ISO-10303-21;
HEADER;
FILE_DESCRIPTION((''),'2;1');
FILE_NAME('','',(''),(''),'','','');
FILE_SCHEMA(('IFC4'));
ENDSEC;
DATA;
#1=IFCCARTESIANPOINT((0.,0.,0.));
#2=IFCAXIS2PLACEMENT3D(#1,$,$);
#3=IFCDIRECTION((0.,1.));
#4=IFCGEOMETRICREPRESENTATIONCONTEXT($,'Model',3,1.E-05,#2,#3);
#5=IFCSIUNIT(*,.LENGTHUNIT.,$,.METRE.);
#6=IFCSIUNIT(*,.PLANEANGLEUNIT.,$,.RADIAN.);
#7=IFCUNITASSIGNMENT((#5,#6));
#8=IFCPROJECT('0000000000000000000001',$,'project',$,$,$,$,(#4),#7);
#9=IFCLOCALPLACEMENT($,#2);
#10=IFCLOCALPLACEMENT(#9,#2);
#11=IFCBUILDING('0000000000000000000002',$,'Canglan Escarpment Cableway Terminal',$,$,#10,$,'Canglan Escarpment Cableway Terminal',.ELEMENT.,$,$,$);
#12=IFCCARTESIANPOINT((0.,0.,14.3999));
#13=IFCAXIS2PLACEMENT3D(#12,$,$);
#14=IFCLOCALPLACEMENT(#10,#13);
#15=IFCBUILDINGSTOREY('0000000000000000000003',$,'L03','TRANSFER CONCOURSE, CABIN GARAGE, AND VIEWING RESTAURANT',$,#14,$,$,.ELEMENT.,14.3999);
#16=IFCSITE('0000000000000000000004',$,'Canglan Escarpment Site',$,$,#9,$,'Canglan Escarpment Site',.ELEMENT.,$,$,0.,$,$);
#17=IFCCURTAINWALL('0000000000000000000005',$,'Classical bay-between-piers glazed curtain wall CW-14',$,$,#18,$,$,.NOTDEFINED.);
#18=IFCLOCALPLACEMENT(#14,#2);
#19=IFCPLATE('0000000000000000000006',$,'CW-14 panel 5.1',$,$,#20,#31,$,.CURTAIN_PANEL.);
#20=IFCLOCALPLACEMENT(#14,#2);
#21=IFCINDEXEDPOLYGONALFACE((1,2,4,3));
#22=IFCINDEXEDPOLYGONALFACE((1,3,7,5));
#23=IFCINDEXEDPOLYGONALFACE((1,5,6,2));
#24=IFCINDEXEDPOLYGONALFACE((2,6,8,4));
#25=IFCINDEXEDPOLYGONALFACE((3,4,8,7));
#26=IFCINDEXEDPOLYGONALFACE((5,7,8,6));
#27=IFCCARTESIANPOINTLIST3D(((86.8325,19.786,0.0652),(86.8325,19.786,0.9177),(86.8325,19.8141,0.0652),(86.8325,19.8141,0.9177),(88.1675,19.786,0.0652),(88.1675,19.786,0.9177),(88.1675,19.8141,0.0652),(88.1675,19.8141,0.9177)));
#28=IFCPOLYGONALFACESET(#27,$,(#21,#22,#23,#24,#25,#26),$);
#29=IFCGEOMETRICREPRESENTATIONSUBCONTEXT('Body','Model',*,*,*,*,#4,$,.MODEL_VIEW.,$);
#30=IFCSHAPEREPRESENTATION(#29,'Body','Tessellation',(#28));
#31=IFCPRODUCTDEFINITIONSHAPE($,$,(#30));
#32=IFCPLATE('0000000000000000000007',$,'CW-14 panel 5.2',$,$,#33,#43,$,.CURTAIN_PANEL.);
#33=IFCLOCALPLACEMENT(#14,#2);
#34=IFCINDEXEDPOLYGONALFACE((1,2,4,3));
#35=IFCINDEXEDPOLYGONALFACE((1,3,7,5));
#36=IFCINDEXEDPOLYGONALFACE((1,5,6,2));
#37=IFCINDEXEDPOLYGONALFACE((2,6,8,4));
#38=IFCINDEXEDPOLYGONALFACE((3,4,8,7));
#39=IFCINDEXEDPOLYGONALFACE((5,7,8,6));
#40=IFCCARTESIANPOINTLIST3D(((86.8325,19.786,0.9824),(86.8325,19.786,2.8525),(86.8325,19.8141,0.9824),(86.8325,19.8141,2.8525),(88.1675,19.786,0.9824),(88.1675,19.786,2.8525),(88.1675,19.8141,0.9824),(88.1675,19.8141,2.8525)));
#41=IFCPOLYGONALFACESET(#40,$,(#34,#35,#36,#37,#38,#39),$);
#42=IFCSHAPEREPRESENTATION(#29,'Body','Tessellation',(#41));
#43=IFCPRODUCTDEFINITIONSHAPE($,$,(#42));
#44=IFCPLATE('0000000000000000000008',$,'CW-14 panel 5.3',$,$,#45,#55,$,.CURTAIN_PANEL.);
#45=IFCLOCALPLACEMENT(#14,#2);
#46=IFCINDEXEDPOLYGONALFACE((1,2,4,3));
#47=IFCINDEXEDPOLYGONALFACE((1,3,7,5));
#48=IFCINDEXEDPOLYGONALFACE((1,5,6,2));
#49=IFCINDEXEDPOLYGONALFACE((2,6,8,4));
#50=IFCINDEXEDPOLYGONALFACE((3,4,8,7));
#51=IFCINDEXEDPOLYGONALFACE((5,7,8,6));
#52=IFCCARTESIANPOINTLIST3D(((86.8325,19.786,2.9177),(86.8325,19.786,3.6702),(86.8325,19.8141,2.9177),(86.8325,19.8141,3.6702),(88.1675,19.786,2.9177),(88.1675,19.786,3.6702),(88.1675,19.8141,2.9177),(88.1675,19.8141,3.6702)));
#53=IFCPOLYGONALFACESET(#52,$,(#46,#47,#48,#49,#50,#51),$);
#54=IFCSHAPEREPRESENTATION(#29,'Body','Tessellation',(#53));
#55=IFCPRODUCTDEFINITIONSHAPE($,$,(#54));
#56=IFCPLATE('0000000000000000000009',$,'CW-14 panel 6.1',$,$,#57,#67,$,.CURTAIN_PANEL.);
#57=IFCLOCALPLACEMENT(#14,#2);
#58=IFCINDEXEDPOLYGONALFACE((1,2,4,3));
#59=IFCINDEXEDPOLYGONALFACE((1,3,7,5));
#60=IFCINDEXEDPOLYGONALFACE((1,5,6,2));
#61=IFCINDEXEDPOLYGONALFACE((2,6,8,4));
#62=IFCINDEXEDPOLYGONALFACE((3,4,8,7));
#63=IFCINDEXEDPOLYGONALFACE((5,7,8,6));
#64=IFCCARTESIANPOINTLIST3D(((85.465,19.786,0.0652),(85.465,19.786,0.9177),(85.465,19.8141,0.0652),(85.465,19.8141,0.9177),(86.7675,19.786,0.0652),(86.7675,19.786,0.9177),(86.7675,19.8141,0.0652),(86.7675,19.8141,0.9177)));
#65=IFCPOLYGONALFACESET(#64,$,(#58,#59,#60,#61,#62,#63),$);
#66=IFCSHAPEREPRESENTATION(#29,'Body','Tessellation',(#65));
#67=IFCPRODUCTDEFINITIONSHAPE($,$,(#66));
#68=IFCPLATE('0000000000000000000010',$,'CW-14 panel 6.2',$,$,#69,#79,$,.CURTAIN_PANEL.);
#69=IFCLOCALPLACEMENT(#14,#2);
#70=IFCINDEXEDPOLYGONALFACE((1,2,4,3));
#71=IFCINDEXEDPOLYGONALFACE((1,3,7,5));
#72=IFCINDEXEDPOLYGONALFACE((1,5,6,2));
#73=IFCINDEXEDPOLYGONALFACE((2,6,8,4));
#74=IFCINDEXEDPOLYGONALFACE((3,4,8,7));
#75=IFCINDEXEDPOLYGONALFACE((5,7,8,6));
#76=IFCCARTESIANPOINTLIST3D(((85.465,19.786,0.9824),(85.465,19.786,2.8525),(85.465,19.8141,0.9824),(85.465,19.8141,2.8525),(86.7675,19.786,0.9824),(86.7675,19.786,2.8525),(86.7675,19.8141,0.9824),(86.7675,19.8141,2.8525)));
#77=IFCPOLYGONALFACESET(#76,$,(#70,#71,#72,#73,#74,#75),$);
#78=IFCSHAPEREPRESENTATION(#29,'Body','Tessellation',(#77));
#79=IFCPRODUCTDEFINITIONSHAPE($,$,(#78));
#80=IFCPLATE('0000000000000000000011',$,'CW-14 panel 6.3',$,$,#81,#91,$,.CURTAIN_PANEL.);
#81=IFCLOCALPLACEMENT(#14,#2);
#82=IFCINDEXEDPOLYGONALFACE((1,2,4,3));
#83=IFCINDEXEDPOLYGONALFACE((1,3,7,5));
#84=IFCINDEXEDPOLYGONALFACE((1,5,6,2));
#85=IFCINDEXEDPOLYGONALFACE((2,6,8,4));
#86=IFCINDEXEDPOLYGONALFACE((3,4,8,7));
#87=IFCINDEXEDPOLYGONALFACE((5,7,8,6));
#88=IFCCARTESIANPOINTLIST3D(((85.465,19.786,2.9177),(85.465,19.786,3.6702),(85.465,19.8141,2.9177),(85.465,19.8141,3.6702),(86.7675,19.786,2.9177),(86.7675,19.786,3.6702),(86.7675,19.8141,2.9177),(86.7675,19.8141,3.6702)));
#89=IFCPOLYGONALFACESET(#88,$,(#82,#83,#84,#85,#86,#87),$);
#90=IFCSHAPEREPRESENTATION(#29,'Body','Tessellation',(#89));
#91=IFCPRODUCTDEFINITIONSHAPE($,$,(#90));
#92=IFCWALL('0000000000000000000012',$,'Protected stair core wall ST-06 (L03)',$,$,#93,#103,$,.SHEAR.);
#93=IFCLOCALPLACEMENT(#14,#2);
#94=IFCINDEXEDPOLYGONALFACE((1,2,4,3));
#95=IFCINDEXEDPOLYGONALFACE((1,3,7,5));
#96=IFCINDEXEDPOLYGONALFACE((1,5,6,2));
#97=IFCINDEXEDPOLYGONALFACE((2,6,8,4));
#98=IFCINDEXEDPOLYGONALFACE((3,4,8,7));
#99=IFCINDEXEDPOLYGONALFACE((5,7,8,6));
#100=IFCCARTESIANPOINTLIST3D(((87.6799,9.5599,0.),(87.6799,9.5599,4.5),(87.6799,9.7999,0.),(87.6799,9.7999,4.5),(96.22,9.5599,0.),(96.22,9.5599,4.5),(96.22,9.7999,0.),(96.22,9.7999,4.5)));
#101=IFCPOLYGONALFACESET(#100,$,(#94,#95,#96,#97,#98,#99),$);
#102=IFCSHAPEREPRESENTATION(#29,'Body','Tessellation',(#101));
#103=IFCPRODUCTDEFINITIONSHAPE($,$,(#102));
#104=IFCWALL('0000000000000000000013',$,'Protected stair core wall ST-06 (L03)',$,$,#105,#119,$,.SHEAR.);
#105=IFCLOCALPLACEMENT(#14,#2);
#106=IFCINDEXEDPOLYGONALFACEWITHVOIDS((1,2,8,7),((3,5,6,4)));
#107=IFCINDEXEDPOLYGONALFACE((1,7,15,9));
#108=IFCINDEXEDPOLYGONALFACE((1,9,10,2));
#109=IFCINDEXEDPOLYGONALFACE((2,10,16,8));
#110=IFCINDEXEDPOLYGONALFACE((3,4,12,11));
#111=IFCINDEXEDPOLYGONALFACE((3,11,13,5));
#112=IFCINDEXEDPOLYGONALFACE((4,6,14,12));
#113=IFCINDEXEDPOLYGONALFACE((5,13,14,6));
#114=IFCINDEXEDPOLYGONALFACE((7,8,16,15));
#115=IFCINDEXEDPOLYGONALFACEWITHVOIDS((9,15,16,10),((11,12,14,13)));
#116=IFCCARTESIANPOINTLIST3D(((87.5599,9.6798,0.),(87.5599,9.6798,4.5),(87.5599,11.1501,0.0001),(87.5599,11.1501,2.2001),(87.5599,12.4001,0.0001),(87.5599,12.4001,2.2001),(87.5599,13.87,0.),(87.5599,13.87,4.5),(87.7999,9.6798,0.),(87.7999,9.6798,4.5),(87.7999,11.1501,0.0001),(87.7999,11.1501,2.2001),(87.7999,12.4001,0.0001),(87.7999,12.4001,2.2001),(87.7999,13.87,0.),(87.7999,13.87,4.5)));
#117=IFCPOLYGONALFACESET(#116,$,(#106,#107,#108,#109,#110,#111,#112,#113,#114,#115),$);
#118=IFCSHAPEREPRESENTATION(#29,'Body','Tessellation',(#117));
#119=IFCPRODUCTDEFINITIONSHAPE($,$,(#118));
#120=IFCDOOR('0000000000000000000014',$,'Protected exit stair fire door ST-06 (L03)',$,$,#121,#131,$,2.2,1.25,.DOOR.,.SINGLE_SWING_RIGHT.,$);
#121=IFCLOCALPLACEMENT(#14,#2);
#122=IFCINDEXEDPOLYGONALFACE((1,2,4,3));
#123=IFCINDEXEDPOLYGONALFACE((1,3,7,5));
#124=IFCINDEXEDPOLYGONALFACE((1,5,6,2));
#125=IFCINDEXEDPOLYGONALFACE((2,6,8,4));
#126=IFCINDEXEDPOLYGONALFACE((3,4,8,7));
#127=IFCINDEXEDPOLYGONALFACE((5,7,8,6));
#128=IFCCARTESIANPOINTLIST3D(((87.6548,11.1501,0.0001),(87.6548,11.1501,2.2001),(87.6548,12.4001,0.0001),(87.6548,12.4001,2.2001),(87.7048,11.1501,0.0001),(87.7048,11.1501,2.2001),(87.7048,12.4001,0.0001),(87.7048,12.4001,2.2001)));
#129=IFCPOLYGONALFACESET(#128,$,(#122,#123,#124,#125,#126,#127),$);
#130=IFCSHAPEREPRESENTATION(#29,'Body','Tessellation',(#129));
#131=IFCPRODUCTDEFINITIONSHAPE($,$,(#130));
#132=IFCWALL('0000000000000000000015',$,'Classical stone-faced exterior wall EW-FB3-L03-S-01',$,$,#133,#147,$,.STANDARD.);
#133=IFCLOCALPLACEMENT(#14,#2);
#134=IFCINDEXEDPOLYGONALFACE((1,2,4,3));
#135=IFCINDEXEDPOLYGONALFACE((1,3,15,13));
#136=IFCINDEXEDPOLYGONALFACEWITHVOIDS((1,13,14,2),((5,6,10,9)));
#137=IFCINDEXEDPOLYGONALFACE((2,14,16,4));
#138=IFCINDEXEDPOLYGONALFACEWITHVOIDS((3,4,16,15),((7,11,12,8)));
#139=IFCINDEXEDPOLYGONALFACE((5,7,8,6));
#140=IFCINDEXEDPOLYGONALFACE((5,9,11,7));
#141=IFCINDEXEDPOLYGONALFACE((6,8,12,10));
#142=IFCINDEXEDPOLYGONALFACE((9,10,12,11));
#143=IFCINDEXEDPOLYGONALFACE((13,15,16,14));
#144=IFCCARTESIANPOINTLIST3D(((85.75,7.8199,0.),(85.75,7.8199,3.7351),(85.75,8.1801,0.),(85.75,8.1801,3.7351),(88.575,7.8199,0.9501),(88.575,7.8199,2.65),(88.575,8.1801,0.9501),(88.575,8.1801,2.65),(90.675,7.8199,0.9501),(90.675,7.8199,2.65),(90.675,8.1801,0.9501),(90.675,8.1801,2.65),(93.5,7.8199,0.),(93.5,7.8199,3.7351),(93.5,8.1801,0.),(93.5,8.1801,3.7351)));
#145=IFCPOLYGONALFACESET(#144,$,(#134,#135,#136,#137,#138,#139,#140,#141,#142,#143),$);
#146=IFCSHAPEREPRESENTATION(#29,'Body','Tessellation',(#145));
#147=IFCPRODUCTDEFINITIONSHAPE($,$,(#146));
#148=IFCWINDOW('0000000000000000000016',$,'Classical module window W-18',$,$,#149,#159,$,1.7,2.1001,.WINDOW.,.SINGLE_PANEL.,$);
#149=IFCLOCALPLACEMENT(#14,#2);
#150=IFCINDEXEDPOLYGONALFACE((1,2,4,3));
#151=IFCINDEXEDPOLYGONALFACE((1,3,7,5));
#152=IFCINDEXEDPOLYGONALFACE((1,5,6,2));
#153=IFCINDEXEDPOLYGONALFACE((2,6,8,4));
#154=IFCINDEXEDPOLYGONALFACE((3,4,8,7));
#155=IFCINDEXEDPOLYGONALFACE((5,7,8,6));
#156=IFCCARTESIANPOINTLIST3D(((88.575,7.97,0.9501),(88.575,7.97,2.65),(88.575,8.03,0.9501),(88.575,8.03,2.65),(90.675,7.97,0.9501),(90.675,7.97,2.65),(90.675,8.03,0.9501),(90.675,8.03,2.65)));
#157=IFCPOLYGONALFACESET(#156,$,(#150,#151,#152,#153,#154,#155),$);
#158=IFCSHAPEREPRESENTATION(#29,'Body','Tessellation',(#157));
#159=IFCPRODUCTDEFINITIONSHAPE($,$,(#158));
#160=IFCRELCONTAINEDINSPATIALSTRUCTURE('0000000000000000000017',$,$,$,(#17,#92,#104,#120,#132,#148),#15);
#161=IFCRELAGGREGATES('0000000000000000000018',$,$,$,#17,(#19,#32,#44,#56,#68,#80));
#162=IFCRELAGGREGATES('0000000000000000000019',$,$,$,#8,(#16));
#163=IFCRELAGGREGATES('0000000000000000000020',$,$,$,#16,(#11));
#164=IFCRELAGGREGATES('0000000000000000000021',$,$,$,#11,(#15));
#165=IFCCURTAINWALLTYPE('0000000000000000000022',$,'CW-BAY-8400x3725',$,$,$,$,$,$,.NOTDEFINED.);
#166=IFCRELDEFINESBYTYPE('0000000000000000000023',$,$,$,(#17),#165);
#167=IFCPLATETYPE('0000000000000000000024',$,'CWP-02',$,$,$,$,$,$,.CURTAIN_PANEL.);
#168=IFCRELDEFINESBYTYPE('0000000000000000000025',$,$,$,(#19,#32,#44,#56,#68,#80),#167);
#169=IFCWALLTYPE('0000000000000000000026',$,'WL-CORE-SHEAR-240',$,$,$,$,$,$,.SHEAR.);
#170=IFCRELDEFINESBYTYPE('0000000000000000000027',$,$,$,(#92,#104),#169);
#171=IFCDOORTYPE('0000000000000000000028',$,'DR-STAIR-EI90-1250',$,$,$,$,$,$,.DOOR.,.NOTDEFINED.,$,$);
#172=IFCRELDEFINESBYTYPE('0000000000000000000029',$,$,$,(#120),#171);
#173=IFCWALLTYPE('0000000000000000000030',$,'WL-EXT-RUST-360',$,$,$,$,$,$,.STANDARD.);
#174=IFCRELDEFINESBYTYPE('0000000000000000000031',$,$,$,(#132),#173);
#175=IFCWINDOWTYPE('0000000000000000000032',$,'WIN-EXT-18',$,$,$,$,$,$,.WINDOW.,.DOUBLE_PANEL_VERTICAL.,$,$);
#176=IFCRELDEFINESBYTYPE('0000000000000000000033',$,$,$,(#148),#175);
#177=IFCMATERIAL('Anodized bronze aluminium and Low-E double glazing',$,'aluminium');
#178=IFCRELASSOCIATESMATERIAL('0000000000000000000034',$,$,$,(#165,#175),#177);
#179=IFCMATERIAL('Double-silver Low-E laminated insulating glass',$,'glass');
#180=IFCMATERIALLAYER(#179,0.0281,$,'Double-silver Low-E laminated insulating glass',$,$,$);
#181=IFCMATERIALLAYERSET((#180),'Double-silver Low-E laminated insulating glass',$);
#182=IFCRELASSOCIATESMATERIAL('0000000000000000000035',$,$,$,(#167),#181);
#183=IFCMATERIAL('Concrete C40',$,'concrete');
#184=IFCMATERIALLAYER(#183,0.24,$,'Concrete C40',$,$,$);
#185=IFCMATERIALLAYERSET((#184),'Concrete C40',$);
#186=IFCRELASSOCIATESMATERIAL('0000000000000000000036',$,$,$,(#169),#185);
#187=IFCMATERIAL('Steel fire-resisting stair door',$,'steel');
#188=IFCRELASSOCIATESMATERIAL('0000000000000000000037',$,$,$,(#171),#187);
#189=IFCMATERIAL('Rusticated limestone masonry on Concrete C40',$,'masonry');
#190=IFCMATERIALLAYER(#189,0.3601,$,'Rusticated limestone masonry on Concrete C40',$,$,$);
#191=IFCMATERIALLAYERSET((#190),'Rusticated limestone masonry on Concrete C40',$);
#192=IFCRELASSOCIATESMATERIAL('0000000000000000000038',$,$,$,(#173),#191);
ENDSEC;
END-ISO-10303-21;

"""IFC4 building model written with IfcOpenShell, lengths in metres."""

from ifc_helpers import new_model, si_unit, direction, frame, frame_2d, origin, origin_2d, place, context, subcontext, project, spatial, rectangle, extrude, material, layer, layer_set, type_object, element, fill, aggregate, save


model = new_model("IFC4")

# Units and contexts
model_context = context("Model", 3, precision=1e-05, world=origin(), true_north=direction((0.0, 1.0)))
body_context = subcontext(model_context, "Body", "Model", "MODEL_VIEW")
ifc_project = project(units=[si_unit("LENGTHUNIT", "METRE"), si_unit("PLANEANGLEUNIT", "RADIAN")], contexts=[model_context])

# Site, building, storey
site_placement = place(None, origin())
site = spatial("IfcSite", under=ifc_project, at=site_placement, Name="Canglan Escarpment Site", LongName="Canglan Escarpment Site", CompositionType="ELEMENT", RefElevation=0.0)
building_placement = place(site_placement, origin())
building = spatial("IfcBuilding", under=site, at=building_placement, Name="Canglan Escarpment Cableway Terminal", LongName="Canglan Escarpment Cableway Terminal", CompositionType="ELEMENT")
storey_placement = place(building_placement, frame((0.0, 0.0, 14.3999)))
storey = spatial("IfcBuildingStorey", under=building, at=storey_placement, Name="L03", Description="TRANSFER CONCOURSE, CABIN GARAGE, AND VIEWING RESTAURANT", CompositionType="ELEMENT", Elevation=14.3999)

# Shared definitions
ifc_material_1 = material(Name="Concrete C40", Category="concrete")

# Curtain wall
ifc_material_2 = material(Name="Anodized bronze aluminium and Low-E double glazing", Category="aluminium")
curtain_wall_type = type_object("IfcCurtainWallType", Name="CW-BAY-8400x3725", PredefinedType="NOTDEFINED", material=ifc_material_2)
curtain_wall_placement = place(storey_placement, origin())
curtain_wall = element("IfcCurtainWall", 1, at=curtain_wall_placement, inside=storey, type_object=curtain_wall_type, Name="Classical bay-between-piers glazed curtain wall CW-14", PredefinedType="NOTDEFINED")

# Plates
ifc_material_3 = material(Name="Double-silver Low-E laminated insulating glass", Category="glass")
ifc_layer_1 = layer(ifc_material_3, 0.0281, Name="Double-silver Low-E laminated insulating glass")
ifc_layer_set_1 = layer_set([ifc_layer_1], Name="Double-silver Low-E laminated insulating glass")
plate_type = type_object("IfcPlateType", Name="CWP-02", PredefinedType="CURTAIN_PANEL", material=ifc_layer_set_1)
plate_1_placement = place(storey_placement, frame((87.5, 19.8, 0.0652), z_axis=(0.0, 0.0, 1.0), x_axis=(-1.0, 0.0, 0.0)))
plate_1 = element("IfcPlate", 2, at=plate_1_placement, type_object=plate_type, Name="CW-14 panel 5.1", PredefinedType="CURTAIN_PANEL", context=body_context, shape_type="SweptSolid", body=[
    extrude(rectangle(XDim=1.335, YDim=0.0281, at=origin_2d()), origin(), (0.0, 0.0, 1.0), 0.8525),
])
plate_2_placement = place(storey_placement, frame((87.5, 19.8, 0.9824), z_axis=(0.0, 0.0, 1.0), x_axis=(-1.0, 0.0, 0.0)))
plate_2 = element("IfcPlate", 3, at=plate_2_placement, type_object=plate_type, Name="CW-14 panel 5.2", PredefinedType="CURTAIN_PANEL", context=body_context, shape_type="SweptSolid", body=[
    extrude(rectangle(XDim=1.335, YDim=0.0281, at=origin_2d()), origin(), (0.0, 0.0, 1.0), 1.8701),
])
plate_3_placement = place(storey_placement, frame((87.5, 19.8, 2.9177), z_axis=(0.0, 0.0, 1.0), x_axis=(-1.0, 0.0, 0.0)))
plate_3 = element("IfcPlate", 4, at=plate_3_placement, type_object=plate_type, Name="CW-14 panel 5.3", PredefinedType="CURTAIN_PANEL", context=body_context, shape_type="SweptSolid", body=[
    extrude(rectangle(XDim=1.335, YDim=0.0281, at=origin_2d()), origin(), (0.0, 0.0, 1.0), 0.7524),
])
plate_4_placement = place(storey_placement, frame((86.1162, 19.8, 0.0652), z_axis=(0.0, 0.0, 1.0), x_axis=(-1.0, 0.0, 0.0)))
plate_4 = element("IfcPlate", 5, at=plate_4_placement, type_object=plate_type, Name="CW-14 panel 6.1", PredefinedType="CURTAIN_PANEL", context=body_context, shape_type="SweptSolid", body=[
    extrude(rectangle(XDim=1.3025, YDim=0.0281, at=origin_2d()), origin(), (0.0, 0.0, 1.0), 0.8525),
])
plate_5_placement = place(storey_placement, frame((86.1162, 19.8, 0.9824), z_axis=(0.0, 0.0, 1.0), x_axis=(-1.0, 0.0, 0.0)))
plate_5 = element("IfcPlate", 6, at=plate_5_placement, type_object=plate_type, Name="CW-14 panel 6.2", PredefinedType="CURTAIN_PANEL", context=body_context, shape_type="SweptSolid", body=[
    extrude(rectangle(XDim=1.3025, YDim=0.0281, at=origin_2d()), origin(), (0.0, 0.0, 1.0), 1.8701),
])
plate_6_placement = place(storey_placement, frame((86.1162, 19.8, 2.9177), z_axis=(0.0, 0.0, 1.0), x_axis=(-1.0, 0.0, 0.0)))
plate_6 = element("IfcPlate", 7, at=plate_6_placement, type_object=plate_type, Name="CW-14 panel 6.3", PredefinedType="CURTAIN_PANEL", context=body_context, shape_type="SweptSolid", body=[
    extrude(rectangle(XDim=1.3025, YDim=0.0281, at=origin_2d()), origin(), (0.0, 0.0, 1.0), 0.7524),
])
aggregate(curtain_wall, [plate_1, plate_2, plate_3, plate_4, plate_5, plate_6])

# Wall
ifc_layer_2 = layer(ifc_material_1, 0.24, Name="Concrete C40")
ifc_layer_set_2 = layer_set([ifc_layer_2], Name="Concrete C40")
wall_type_1 = type_object("IfcWallType", Name="WL-CORE-SHEAR-240", PredefinedType="SHEAR", material=ifc_layer_set_2)
wall_1_placement = place(storey_placement, frame((87.6799, 9.6799, 0.0), z_axis=(0.0, 0.0, 1.0), x_axis=(1.0, 0.0, 0.0)))
element("IfcWall", 8, at=wall_1_placement, inside=storey, type_object=wall_type_1, Name="Protected stair core wall ST-06 (L03)", PredefinedType="SHEAR", context=body_context, shape_type="SweptSolid", body=[
    extrude(rectangle(XDim=8.54, YDim=0.24, at=frame_2d((4.27, 0.0))), origin(), (0.0, 0.0, 1.0), 4.5),
])

# Wall, opening, door
wall_2_placement = place(storey_placement, frame((87.6799, 13.8701, 0.0), z_axis=(0.0, 0.0, 1.0), x_axis=(0.0, -1.0, 0.0)))
wall_2 = element("IfcWall", 9, at=wall_2_placement, inside=storey, type_object=wall_type_1, Name="Protected stair core wall ST-06 (L03)", PredefinedType="SHEAR", context=body_context, shape_type="SweptSolid", body=[
    extrude(rectangle(XDim=4.1902, YDim=0.24, at=frame_2d((2.0952, 0.0))), origin(), (0.0, 0.0, 1.0), 4.5),
])
opening_1_placement = place(wall_2_placement, frame((1.47, 0.0, 0.0)))
opening_1 = element("IfcOpeningElement", 10, at=opening_1_placement, cuts=wall_2, PredefinedType="OPENING", context=body_context, shape_type="SweptSolid", body=[
    extrude(rectangle(XDim=1.25, YDim=2.2, at=frame_2d((0.625, 1.1001))), frame((0.0, 0.1299, 0.0), z_axis=(0.0, -1.0, 0.0), x_axis=(1.0, 0.0, 0.0)), (0.0, 0.0, 1.0), 0.26),
])
ifc_material_4 = material(Name="Steel fire-resisting stair door", Category="steel")
door_type_1 = type_object("IfcDoorType", Name="DR-STAIR-EI90-1250", OperationType="NOTDEFINED", PredefinedType="DOOR", material=ifc_material_4)
door_1_placement = place(opening_1_placement, origin())
door_1 = element("IfcDoor", 11, at=door_1_placement, inside=storey, type_object=door_type_1, Name="Protected exit stair fire door ST-06 (L03)", OperationType="SINGLE_SWING_RIGHT", OverallHeight=2.2, OverallWidth=1.25, PredefinedType="DOOR", context=body_context, shape_type="SweptSolid", body=[
    extrude(rectangle(XDim=1.25, YDim=2.2, at=frame_2d((0.625, 1.1001))), frame((0.0, 0.0249, 0.0), z_axis=(0.0, -1.0, 0.0), x_axis=(1.0, 0.0, 0.0)), (0.0, 0.0, 1.0), 0.05),
])
fill(opening_1, door_1)

# Wall, opening, window
ifc_material_5 = material(Name="Rusticated limestone masonry on Concrete C40", Category="masonry")
ifc_layer_3 = layer(ifc_material_5, 0.3601, Name="Rusticated limestone masonry on Concrete C40")
ifc_layer_set_3 = layer_set([ifc_layer_3], Name="Rusticated limestone masonry on Concrete C40")
wall_type_2 = type_object("IfcWallType", Name="WL-EXT-RUST-360", PredefinedType="STANDARD", material=ifc_layer_set_3)
wall_3_placement = place(storey_placement, frame((85.75, 8.0, 0.0), z_axis=(0.0, 0.0, 1.0), x_axis=(1.0, 0.0, 0.0)))
wall_3 = element("IfcWall", 12, at=wall_3_placement, inside=storey, type_object=wall_type_2, Name="Classical stone-faced exterior wall EW-FB3-L03-S-01", PredefinedType="STANDARD", context=body_context, shape_type="SweptSolid", body=[
    extrude(rectangle(XDim=7.75, YDim=0.3601, at=frame_2d((3.875, 0.0))), origin(), (0.0, 0.0, 1.0), 3.7351),
])
opening_2_placement = place(wall_3_placement, frame((2.825, 0.0, 0.95)))
opening_2 = element("IfcOpeningElement", 13, at=opening_2_placement, cuts=wall_3, PredefinedType="OPENING", context=body_context, shape_type="SweptSolid", body=[
    extrude(rectangle(XDim=2.1001, YDim=1.7, at=frame_2d((1.05, 0.8501))), frame((0.0, 0.1899, 0.0), z_axis=(0.0, -1.0, 0.0), x_axis=(1.0, 0.0, 0.0)), (0.0, 0.0, 1.0), 0.3801),
])
window_type = type_object("IfcWindowType", Name="WIN-EXT-18", PartitioningType="DOUBLE_PANEL_VERTICAL", PredefinedType="WINDOW", material=ifc_material_2)
window_placement = place(opening_2_placement, origin())
window = element("IfcWindow", 14, at=window_placement, inside=storey, type_object=window_type, Name="Classical module window W-18", OverallHeight=1.7, OverallWidth=2.1001, PartitioningType="SINGLE_PANEL", PredefinedType="WINDOW", context=body_context, shape_type="SweptSolid", body=[
    extrude(rectangle(XDim=2.1001, YDim=1.7, at=frame_2d((1.05, 0.8501))), frame((0.0, 0.03, 0.0), z_axis=(0.0, -1.0, 0.0), x_axis=(1.0, 0.0, 0.0)), (0.0, 0.0, 1.0), 0.0601),
])
fill(opening_2, window)

save(model, "model.ifc")
